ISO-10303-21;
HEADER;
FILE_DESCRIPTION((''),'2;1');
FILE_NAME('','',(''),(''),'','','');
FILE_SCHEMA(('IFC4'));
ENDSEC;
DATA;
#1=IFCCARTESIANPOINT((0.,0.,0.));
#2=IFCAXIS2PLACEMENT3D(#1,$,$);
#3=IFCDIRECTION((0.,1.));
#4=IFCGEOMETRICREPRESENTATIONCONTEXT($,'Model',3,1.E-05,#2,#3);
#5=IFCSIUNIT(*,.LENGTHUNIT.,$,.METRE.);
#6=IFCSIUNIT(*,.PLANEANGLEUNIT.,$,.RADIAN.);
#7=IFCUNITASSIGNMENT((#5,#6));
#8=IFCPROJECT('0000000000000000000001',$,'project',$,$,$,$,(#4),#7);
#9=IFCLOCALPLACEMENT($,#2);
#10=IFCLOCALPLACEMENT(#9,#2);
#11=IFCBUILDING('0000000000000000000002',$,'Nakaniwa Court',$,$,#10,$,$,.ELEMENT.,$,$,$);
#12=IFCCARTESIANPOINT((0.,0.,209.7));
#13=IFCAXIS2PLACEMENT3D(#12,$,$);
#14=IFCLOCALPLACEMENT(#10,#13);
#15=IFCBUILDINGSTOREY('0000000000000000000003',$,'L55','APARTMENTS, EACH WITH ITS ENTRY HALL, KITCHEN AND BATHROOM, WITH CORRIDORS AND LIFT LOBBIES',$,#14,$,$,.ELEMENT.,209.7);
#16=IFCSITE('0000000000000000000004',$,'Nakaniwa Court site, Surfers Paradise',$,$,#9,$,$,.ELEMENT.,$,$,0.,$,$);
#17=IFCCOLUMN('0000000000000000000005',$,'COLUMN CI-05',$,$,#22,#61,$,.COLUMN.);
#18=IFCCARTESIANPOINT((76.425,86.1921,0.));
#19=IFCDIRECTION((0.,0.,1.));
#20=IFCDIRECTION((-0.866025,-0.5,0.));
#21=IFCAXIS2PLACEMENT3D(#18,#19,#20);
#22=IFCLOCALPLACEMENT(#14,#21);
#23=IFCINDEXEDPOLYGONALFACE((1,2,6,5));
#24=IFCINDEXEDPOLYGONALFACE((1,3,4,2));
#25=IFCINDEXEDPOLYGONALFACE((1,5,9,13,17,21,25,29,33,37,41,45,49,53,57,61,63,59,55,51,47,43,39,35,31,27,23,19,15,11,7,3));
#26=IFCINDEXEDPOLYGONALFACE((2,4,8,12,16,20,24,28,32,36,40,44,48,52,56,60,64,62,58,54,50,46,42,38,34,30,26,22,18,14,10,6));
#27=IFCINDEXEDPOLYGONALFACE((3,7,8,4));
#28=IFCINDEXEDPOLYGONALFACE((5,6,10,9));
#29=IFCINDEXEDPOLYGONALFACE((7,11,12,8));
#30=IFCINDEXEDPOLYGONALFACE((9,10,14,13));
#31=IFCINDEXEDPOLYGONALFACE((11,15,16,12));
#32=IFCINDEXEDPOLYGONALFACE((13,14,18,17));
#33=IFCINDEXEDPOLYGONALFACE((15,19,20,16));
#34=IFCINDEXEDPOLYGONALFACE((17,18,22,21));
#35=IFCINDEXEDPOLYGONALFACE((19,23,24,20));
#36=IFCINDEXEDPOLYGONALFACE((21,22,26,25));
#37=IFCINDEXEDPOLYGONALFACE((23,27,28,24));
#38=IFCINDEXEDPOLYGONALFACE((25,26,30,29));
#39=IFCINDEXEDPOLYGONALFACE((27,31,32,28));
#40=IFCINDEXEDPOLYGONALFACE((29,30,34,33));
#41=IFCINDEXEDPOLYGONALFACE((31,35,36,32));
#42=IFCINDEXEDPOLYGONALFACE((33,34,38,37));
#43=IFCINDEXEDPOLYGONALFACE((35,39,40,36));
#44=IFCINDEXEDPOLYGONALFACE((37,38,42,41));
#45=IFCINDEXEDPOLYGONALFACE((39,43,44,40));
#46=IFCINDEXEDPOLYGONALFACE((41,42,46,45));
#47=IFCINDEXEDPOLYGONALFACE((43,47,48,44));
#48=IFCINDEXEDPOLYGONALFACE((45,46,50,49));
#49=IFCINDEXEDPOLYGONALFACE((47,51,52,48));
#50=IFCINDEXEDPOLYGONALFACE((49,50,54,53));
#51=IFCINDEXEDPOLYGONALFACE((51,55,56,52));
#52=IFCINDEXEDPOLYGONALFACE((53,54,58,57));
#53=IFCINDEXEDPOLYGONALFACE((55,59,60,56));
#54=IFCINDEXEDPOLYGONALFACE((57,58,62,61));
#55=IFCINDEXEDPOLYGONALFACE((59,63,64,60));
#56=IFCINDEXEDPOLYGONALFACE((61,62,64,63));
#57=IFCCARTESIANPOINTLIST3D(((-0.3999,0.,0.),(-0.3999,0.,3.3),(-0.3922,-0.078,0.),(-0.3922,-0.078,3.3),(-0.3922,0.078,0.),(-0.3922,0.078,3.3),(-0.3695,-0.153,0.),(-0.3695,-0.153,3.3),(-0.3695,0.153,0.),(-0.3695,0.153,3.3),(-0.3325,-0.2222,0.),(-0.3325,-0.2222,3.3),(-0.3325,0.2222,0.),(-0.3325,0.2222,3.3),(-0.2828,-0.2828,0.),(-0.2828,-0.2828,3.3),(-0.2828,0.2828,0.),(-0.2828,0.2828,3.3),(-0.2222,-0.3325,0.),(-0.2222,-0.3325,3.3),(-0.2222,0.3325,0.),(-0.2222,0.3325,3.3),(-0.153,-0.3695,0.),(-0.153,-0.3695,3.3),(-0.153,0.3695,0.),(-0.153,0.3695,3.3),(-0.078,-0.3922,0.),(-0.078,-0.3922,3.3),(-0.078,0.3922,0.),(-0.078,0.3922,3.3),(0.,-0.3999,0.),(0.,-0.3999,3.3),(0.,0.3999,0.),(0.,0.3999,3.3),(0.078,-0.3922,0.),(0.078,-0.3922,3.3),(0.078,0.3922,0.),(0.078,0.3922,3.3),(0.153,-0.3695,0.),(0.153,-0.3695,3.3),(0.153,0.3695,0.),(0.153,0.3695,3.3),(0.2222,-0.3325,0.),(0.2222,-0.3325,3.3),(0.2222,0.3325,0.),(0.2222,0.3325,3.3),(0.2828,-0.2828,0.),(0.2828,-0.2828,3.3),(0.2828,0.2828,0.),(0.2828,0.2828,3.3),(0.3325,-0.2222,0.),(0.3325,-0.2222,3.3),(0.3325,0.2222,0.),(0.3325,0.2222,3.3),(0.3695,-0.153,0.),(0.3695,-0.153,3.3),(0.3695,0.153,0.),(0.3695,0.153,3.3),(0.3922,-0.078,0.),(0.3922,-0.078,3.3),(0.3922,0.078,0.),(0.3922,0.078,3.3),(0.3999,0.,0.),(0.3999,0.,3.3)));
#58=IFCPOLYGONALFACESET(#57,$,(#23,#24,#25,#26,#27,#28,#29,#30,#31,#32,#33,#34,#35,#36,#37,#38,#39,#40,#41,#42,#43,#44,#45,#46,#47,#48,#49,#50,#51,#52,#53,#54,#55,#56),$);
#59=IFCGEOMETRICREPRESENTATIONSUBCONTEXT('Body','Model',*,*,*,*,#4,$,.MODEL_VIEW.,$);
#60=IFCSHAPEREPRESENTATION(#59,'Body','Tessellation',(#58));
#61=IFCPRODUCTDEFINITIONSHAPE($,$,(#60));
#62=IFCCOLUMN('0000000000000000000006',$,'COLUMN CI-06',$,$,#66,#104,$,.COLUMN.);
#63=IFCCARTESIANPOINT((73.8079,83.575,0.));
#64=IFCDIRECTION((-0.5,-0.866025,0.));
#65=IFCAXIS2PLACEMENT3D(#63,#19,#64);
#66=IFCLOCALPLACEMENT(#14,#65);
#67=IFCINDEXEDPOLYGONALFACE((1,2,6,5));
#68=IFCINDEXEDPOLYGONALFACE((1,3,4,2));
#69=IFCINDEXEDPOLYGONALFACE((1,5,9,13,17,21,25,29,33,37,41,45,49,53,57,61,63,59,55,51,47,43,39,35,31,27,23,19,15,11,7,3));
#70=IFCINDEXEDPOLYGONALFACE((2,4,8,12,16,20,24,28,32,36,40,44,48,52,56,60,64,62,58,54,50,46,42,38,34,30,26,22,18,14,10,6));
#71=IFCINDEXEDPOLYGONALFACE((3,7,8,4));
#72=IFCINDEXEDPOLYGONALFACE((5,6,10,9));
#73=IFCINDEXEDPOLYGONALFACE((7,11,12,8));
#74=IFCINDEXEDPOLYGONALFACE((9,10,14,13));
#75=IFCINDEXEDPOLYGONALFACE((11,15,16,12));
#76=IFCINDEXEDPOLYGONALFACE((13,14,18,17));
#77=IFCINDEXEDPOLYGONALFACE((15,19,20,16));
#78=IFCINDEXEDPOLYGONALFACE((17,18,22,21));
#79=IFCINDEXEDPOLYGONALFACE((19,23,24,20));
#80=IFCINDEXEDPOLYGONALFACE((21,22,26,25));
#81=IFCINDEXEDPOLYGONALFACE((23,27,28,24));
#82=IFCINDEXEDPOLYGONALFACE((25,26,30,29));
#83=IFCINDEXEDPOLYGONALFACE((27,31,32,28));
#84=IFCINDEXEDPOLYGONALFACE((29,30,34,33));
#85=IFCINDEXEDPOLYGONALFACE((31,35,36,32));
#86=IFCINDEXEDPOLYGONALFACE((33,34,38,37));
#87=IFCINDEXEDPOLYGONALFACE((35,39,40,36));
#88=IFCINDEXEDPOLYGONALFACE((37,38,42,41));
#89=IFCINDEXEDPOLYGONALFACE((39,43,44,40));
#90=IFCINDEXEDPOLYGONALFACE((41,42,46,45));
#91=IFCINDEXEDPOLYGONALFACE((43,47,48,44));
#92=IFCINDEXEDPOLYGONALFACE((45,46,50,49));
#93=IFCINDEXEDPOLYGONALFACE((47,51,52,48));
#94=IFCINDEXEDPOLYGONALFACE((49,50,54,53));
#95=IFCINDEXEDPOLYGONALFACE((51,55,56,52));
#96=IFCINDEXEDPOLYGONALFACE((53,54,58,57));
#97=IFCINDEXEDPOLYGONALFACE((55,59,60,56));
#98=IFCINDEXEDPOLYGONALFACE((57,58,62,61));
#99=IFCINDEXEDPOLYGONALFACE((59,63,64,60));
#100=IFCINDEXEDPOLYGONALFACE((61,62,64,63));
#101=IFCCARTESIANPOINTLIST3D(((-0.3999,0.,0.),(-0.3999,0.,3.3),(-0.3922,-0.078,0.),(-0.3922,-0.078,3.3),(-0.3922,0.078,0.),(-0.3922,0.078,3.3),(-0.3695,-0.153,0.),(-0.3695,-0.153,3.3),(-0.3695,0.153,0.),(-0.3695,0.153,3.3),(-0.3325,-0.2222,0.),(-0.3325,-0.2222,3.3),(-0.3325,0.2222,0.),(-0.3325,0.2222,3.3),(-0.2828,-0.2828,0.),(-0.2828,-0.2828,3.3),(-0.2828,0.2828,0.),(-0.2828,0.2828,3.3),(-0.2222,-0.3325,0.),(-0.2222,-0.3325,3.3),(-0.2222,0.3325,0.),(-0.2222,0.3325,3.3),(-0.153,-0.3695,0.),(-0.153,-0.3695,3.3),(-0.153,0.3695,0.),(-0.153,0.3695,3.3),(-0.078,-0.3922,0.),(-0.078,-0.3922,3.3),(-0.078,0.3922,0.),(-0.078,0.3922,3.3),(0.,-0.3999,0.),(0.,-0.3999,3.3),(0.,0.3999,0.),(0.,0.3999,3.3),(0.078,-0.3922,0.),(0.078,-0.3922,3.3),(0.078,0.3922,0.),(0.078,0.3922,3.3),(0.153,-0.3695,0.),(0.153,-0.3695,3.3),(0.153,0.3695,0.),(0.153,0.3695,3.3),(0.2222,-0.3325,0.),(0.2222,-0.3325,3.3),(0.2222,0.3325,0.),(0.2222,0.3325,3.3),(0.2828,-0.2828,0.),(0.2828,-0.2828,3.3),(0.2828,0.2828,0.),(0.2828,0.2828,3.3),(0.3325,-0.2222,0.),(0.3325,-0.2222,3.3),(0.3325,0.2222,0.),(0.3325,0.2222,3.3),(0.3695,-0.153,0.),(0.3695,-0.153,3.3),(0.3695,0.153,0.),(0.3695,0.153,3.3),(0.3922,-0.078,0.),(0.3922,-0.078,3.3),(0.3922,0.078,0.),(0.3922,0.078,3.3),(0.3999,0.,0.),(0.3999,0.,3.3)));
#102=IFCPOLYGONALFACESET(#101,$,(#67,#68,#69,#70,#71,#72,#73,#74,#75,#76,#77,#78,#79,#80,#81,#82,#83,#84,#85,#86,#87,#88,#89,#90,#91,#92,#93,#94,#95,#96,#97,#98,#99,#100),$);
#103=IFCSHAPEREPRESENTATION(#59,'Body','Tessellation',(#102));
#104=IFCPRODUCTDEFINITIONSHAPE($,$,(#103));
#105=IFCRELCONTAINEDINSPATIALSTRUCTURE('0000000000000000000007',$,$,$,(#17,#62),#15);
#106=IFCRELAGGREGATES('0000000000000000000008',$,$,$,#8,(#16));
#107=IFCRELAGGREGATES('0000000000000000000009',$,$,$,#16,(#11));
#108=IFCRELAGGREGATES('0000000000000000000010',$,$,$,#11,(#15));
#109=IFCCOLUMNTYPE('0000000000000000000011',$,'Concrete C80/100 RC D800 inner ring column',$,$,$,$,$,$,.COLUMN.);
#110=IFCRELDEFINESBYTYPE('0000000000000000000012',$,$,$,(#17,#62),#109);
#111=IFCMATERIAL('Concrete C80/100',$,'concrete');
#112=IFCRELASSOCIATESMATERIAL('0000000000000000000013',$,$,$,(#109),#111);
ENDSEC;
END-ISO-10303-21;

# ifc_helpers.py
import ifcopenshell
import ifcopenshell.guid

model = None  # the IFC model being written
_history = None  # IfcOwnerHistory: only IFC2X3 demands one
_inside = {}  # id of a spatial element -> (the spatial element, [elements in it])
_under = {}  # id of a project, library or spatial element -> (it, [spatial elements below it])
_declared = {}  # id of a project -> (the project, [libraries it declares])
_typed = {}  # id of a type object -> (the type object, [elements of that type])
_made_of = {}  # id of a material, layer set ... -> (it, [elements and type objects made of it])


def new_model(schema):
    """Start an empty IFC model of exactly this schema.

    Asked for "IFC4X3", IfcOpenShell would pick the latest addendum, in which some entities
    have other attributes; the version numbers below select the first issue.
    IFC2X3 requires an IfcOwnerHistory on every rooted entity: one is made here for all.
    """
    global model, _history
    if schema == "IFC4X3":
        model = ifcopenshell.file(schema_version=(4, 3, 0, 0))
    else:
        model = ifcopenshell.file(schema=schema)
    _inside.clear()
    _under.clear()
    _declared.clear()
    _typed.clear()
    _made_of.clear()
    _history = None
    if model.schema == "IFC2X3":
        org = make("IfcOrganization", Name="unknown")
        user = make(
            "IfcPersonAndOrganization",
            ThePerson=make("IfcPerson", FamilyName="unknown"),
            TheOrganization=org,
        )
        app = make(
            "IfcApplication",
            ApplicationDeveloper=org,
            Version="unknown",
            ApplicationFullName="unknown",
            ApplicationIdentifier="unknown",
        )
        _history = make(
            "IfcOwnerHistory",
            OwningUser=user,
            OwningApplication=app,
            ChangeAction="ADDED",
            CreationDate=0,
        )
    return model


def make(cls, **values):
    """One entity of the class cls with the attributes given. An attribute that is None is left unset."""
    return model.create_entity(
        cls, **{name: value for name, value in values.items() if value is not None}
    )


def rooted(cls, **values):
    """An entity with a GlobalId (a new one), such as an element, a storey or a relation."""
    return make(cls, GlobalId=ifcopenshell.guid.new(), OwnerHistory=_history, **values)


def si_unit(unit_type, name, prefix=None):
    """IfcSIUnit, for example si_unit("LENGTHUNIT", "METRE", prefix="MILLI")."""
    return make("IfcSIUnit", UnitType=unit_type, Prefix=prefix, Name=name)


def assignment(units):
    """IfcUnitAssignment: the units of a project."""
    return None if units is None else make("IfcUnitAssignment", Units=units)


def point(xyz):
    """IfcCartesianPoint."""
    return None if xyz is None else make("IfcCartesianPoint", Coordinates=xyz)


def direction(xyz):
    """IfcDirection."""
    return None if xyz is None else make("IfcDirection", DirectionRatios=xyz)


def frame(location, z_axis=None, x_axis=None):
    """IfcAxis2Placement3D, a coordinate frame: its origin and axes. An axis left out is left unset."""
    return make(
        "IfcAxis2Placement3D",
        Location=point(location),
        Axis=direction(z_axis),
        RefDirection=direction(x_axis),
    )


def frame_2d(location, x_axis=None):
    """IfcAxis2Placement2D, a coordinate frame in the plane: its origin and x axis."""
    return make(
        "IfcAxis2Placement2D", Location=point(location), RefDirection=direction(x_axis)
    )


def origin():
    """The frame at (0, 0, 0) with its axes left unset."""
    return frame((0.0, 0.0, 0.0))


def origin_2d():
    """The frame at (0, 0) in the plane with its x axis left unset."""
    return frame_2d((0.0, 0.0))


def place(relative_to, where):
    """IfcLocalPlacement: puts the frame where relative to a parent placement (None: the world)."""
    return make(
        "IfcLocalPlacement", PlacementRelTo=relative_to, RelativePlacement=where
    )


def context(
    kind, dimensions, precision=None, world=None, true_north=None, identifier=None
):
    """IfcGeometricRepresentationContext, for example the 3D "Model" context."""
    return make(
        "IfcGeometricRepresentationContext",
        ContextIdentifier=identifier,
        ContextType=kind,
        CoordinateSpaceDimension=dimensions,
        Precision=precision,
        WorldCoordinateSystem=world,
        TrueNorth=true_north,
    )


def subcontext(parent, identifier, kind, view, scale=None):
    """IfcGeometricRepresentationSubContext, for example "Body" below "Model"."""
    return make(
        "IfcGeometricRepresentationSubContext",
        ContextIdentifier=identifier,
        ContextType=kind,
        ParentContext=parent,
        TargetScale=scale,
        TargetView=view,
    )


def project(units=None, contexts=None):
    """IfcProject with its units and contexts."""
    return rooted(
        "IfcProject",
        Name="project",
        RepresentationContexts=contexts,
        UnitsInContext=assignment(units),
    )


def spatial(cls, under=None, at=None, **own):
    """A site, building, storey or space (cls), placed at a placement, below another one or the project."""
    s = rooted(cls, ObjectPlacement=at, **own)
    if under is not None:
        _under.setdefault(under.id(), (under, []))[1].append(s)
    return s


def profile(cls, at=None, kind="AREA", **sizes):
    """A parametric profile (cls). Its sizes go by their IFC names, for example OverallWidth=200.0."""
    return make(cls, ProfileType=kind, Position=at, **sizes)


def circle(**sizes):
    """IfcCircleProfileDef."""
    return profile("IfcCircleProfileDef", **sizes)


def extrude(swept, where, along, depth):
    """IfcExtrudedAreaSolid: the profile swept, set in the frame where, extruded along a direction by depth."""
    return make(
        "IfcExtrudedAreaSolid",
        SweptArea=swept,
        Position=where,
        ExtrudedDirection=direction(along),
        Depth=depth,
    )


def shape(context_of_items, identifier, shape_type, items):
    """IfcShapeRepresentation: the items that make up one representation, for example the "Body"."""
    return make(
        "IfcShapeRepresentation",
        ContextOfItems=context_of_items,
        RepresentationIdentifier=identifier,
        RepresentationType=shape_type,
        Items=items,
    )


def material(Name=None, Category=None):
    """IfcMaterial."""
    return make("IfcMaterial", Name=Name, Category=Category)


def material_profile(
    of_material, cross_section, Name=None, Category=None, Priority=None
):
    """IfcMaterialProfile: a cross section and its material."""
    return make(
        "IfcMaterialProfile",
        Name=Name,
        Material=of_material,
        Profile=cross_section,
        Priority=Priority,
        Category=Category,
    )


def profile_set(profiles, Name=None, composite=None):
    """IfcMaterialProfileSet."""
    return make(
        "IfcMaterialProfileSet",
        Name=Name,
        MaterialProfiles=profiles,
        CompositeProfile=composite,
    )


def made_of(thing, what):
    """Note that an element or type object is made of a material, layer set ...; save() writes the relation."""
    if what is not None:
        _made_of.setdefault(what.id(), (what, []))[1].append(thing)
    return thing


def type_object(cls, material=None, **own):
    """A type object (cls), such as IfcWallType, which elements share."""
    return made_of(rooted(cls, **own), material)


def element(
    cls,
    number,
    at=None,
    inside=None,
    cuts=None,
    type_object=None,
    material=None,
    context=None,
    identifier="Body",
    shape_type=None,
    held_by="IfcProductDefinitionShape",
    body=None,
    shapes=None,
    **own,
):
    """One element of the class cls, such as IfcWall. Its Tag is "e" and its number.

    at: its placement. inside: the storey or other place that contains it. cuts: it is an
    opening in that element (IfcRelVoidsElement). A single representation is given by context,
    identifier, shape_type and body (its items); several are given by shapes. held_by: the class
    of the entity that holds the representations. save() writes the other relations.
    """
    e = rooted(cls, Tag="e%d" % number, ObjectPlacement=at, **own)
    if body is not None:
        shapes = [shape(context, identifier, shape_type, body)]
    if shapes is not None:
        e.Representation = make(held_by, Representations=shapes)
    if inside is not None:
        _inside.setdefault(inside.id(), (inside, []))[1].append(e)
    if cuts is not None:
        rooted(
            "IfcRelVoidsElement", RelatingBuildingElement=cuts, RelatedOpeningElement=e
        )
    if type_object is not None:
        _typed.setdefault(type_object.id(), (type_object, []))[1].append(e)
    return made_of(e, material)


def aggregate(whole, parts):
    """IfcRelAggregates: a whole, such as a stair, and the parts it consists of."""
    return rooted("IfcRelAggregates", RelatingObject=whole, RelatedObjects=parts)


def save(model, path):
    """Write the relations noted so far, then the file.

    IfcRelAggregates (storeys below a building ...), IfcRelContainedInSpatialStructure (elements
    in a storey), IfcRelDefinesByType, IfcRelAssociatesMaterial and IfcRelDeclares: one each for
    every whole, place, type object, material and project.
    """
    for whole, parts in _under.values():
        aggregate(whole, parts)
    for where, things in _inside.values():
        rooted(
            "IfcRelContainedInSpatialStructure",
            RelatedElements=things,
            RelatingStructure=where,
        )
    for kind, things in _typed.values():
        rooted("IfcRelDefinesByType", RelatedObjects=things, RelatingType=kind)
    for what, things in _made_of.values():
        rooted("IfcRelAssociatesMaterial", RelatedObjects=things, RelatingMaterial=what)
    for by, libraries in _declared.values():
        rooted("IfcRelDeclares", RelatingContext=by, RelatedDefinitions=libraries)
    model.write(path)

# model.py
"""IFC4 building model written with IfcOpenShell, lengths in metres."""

from ifc_helpers import new_model, si_unit, direction, frame, origin, origin_2d, place, context, subcontext, project, spatial, circle, extrude, material, material_profile, profile_set, type_object, element, save


model = new_model("IFC4")

# Units and contexts
model_context = context("Model", 3, precision=1e-05, world=origin(), true_north=direction((0.0, 1.0)))
body_context = subcontext(model_context, "Body", "Model", "MODEL_VIEW")
ifc_project = project(units=[si_unit("LENGTHUNIT", "METRE"), si_unit("PLANEANGLEUNIT", "RADIAN")], contexts=[model_context])

# Site, building, storey
site_placement = place(None, origin())
site = spatial("IfcSite", under=ifc_project, at=site_placement, Name="Nakaniwa Court site, Surfers Paradise", CompositionType="ELEMENT", RefElevation=0.0)
building_placement = place(site_placement, origin())
building = spatial("IfcBuilding", under=site, at=building_placement, Name="Nakaniwa Court", CompositionType="ELEMENT")
storey_placement = place(building_placement, frame((0.0, 0.0, 209.7)))
storey = spatial("IfcBuildingStorey", under=building, at=storey_placement, Name="L55", Description="APARTMENTS, EACH WITH ITS ENTRY HALL, KITCHEN AND BATHROOM, WITH CORRIDORS AND LIFT LOBBIES", CompositionType="ELEMENT", Elevation=209.7)

# Columns
ifc_material_1 = material(Name="Concrete C80/100", Category="concrete")
ifc_material_profile_1 = material_profile(ifc_material_1, circle(Radius=0.3999, at=origin_2d()), Name="Concrete C80/100 RC D800 inner ring column")
ifc_profile_set_1 = profile_set([ifc_material_profile_1], Name="Concrete C80/100")
column_type_1 = type_object("IfcColumnType", Name="Concrete C80/100 RC D800 inner ring column", PredefinedType="COLUMN", material=ifc_profile_set_1)
for number, where, z_axis, x_axis, name in (
    (1, (76.425, 86.1921, 0.0), (0.0, 0.0, 1.0), (-0.866025, -0.5, 0.0), "COLUMN CI-05"),
    (2, (73.8079, 83.575, 0.0), (0.0, 0.0, 1.0), (-0.5, -0.866025, 0.0), "COLUMN CI-06"),
):
    element("IfcColumn", number, at=place(storey_placement, frame(where, z_axis=z_axis, x_axis=x_axis)), inside=storey, type_object=column_type_1, Name=name, PredefinedType="COLUMN", context=body_context, shape_type="SweptSolid", body=[
        extrude(circle(Radius=0.3999, at=origin_2d()), origin(), (0.0, 0.0, 1.0), 3.3),
    ])

save(model, "model.ifc")
